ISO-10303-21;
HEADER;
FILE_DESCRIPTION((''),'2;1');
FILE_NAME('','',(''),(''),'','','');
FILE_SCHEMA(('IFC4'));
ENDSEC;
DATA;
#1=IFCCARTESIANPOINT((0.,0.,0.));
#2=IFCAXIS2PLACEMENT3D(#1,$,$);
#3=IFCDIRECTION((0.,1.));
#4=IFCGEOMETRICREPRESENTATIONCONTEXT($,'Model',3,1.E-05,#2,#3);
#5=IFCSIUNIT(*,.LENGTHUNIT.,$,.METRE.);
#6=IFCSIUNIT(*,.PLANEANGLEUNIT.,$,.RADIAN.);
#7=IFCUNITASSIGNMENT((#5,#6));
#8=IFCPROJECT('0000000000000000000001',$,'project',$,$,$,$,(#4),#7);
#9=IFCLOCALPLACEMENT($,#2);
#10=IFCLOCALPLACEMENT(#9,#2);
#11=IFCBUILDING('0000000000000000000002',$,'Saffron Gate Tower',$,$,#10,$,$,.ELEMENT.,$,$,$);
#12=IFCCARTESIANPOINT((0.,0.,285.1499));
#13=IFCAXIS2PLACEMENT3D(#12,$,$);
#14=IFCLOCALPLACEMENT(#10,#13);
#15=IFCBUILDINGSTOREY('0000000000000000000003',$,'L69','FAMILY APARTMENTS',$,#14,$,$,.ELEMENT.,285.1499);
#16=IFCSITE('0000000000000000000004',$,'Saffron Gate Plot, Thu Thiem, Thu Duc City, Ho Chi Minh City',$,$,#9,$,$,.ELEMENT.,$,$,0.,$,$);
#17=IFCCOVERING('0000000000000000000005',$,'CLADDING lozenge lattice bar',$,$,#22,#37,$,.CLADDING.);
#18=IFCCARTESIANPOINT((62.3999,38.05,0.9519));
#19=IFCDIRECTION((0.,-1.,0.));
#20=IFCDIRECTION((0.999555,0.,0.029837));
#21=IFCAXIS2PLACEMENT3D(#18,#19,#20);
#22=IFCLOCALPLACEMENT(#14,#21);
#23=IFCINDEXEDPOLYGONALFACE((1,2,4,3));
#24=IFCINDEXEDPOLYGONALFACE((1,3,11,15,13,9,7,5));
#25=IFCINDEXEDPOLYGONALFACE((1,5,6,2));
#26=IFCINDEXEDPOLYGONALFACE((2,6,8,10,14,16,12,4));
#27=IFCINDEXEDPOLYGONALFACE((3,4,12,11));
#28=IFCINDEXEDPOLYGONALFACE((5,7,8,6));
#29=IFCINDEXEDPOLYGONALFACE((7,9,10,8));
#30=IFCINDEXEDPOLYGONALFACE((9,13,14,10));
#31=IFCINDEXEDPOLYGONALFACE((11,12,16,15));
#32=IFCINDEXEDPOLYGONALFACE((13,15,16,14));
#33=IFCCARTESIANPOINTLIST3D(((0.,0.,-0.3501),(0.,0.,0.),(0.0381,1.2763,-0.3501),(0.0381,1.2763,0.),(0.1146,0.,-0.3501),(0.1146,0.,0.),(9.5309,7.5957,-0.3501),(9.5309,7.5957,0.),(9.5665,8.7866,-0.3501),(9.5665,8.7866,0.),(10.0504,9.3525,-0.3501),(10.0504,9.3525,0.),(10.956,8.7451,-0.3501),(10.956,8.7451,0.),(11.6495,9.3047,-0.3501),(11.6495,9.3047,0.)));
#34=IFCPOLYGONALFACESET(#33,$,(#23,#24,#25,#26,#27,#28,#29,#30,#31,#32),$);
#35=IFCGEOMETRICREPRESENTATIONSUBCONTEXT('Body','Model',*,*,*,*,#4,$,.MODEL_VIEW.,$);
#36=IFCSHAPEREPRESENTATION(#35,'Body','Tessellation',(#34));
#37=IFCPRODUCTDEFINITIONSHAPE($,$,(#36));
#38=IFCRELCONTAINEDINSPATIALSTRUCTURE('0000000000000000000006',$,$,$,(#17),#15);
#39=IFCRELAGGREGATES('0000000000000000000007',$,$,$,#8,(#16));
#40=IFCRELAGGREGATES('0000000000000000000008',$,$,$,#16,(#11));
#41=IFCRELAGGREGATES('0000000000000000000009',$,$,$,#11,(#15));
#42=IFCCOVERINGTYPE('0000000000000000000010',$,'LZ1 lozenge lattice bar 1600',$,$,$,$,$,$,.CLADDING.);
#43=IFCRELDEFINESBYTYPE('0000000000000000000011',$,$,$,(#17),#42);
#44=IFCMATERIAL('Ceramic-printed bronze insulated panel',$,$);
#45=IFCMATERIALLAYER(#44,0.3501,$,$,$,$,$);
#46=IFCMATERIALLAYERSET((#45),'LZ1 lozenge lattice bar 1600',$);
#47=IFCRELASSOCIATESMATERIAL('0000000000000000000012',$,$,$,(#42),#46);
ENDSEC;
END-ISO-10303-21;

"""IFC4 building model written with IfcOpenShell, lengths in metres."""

from ifc_helpers import new_model, si_unit, direction, frame, origin, place, context, subcontext, project, spatial, polyline, outline, extrude, material, layer, layer_set, type_object, element, save


model = new_model("IFC4")

# Units and contexts
model_context = context("Model", 3, precision=1e-05, world=origin(), true_north=direction((0.0, 1.0)))
body_context = subcontext(model_context, "Body", "Model", "MODEL_VIEW")
ifc_project = project(units=[si_unit("LENGTHUNIT", "METRE"), si_unit("PLANEANGLEUNIT", "RADIAN")], contexts=[model_context])

# Site, building, storey
site_placement = place(None, origin())
site = spatial("IfcSite", under=ifc_project, at=site_placement, Name="Saffron Gate Plot, Thu Thiem, Thu Duc City, Ho Chi Minh City", CompositionType="ELEMENT", RefElevation=0.0)
building_placement = place(site_placement, origin())
building = spatial("IfcBuilding", under=site, at=building_placement, Name="Saffron Gate Tower", CompositionType="ELEMENT")
storey_placement = place(building_placement, frame((0.0, 0.0, 285.1499)))
storey = spatial("IfcBuildingStorey", under=building, at=storey_placement, Name="L69", Description="FAMILY APARTMENTS", CompositionType="ELEMENT", Elevation=285.1499)

# Covering
ifc_material_1 = material(Name="Ceramic-printed bronze insulated panel")
ifc_layer_1 = layer(ifc_material_1, 0.3501)
ifc_layer_set_1 = layer_set([ifc_layer_1], Name="LZ1 lozenge lattice bar 1600")
covering_type_1 = type_object("IfcCoveringType", Name="LZ1 lozenge lattice bar 1600", PredefinedType="CLADDING", material=ifc_layer_set_1)
covering_1_placement = place(storey_placement, frame((62.3999, 38.05, 0.9519), z_axis=(0.0, -1.0, 0.0), x_axis=(0.999555, 0.0, 0.029837)))
element("IfcCovering", 1, at=covering_1_placement, inside=storey, type_object=covering_type_1, Name="CLADDING lozenge lattice bar", PredefinedType="CLADDING", context=body_context, shape_type="SweptSolid", body=[
    extrude(outline(polyline([(0.0, 0.0), (0.1146, 0.0), (9.5309, 7.5957), (9.5665, 8.7866), (10.956, 8.7451), (11.6495, 9.3047), (10.0504, 9.3525), (0.0381, 1.2763), (0.0, 0.0)])), origin(), (0.0, 0.0, -1.0), 0.3501),
])

save(model, "model.ifc")
